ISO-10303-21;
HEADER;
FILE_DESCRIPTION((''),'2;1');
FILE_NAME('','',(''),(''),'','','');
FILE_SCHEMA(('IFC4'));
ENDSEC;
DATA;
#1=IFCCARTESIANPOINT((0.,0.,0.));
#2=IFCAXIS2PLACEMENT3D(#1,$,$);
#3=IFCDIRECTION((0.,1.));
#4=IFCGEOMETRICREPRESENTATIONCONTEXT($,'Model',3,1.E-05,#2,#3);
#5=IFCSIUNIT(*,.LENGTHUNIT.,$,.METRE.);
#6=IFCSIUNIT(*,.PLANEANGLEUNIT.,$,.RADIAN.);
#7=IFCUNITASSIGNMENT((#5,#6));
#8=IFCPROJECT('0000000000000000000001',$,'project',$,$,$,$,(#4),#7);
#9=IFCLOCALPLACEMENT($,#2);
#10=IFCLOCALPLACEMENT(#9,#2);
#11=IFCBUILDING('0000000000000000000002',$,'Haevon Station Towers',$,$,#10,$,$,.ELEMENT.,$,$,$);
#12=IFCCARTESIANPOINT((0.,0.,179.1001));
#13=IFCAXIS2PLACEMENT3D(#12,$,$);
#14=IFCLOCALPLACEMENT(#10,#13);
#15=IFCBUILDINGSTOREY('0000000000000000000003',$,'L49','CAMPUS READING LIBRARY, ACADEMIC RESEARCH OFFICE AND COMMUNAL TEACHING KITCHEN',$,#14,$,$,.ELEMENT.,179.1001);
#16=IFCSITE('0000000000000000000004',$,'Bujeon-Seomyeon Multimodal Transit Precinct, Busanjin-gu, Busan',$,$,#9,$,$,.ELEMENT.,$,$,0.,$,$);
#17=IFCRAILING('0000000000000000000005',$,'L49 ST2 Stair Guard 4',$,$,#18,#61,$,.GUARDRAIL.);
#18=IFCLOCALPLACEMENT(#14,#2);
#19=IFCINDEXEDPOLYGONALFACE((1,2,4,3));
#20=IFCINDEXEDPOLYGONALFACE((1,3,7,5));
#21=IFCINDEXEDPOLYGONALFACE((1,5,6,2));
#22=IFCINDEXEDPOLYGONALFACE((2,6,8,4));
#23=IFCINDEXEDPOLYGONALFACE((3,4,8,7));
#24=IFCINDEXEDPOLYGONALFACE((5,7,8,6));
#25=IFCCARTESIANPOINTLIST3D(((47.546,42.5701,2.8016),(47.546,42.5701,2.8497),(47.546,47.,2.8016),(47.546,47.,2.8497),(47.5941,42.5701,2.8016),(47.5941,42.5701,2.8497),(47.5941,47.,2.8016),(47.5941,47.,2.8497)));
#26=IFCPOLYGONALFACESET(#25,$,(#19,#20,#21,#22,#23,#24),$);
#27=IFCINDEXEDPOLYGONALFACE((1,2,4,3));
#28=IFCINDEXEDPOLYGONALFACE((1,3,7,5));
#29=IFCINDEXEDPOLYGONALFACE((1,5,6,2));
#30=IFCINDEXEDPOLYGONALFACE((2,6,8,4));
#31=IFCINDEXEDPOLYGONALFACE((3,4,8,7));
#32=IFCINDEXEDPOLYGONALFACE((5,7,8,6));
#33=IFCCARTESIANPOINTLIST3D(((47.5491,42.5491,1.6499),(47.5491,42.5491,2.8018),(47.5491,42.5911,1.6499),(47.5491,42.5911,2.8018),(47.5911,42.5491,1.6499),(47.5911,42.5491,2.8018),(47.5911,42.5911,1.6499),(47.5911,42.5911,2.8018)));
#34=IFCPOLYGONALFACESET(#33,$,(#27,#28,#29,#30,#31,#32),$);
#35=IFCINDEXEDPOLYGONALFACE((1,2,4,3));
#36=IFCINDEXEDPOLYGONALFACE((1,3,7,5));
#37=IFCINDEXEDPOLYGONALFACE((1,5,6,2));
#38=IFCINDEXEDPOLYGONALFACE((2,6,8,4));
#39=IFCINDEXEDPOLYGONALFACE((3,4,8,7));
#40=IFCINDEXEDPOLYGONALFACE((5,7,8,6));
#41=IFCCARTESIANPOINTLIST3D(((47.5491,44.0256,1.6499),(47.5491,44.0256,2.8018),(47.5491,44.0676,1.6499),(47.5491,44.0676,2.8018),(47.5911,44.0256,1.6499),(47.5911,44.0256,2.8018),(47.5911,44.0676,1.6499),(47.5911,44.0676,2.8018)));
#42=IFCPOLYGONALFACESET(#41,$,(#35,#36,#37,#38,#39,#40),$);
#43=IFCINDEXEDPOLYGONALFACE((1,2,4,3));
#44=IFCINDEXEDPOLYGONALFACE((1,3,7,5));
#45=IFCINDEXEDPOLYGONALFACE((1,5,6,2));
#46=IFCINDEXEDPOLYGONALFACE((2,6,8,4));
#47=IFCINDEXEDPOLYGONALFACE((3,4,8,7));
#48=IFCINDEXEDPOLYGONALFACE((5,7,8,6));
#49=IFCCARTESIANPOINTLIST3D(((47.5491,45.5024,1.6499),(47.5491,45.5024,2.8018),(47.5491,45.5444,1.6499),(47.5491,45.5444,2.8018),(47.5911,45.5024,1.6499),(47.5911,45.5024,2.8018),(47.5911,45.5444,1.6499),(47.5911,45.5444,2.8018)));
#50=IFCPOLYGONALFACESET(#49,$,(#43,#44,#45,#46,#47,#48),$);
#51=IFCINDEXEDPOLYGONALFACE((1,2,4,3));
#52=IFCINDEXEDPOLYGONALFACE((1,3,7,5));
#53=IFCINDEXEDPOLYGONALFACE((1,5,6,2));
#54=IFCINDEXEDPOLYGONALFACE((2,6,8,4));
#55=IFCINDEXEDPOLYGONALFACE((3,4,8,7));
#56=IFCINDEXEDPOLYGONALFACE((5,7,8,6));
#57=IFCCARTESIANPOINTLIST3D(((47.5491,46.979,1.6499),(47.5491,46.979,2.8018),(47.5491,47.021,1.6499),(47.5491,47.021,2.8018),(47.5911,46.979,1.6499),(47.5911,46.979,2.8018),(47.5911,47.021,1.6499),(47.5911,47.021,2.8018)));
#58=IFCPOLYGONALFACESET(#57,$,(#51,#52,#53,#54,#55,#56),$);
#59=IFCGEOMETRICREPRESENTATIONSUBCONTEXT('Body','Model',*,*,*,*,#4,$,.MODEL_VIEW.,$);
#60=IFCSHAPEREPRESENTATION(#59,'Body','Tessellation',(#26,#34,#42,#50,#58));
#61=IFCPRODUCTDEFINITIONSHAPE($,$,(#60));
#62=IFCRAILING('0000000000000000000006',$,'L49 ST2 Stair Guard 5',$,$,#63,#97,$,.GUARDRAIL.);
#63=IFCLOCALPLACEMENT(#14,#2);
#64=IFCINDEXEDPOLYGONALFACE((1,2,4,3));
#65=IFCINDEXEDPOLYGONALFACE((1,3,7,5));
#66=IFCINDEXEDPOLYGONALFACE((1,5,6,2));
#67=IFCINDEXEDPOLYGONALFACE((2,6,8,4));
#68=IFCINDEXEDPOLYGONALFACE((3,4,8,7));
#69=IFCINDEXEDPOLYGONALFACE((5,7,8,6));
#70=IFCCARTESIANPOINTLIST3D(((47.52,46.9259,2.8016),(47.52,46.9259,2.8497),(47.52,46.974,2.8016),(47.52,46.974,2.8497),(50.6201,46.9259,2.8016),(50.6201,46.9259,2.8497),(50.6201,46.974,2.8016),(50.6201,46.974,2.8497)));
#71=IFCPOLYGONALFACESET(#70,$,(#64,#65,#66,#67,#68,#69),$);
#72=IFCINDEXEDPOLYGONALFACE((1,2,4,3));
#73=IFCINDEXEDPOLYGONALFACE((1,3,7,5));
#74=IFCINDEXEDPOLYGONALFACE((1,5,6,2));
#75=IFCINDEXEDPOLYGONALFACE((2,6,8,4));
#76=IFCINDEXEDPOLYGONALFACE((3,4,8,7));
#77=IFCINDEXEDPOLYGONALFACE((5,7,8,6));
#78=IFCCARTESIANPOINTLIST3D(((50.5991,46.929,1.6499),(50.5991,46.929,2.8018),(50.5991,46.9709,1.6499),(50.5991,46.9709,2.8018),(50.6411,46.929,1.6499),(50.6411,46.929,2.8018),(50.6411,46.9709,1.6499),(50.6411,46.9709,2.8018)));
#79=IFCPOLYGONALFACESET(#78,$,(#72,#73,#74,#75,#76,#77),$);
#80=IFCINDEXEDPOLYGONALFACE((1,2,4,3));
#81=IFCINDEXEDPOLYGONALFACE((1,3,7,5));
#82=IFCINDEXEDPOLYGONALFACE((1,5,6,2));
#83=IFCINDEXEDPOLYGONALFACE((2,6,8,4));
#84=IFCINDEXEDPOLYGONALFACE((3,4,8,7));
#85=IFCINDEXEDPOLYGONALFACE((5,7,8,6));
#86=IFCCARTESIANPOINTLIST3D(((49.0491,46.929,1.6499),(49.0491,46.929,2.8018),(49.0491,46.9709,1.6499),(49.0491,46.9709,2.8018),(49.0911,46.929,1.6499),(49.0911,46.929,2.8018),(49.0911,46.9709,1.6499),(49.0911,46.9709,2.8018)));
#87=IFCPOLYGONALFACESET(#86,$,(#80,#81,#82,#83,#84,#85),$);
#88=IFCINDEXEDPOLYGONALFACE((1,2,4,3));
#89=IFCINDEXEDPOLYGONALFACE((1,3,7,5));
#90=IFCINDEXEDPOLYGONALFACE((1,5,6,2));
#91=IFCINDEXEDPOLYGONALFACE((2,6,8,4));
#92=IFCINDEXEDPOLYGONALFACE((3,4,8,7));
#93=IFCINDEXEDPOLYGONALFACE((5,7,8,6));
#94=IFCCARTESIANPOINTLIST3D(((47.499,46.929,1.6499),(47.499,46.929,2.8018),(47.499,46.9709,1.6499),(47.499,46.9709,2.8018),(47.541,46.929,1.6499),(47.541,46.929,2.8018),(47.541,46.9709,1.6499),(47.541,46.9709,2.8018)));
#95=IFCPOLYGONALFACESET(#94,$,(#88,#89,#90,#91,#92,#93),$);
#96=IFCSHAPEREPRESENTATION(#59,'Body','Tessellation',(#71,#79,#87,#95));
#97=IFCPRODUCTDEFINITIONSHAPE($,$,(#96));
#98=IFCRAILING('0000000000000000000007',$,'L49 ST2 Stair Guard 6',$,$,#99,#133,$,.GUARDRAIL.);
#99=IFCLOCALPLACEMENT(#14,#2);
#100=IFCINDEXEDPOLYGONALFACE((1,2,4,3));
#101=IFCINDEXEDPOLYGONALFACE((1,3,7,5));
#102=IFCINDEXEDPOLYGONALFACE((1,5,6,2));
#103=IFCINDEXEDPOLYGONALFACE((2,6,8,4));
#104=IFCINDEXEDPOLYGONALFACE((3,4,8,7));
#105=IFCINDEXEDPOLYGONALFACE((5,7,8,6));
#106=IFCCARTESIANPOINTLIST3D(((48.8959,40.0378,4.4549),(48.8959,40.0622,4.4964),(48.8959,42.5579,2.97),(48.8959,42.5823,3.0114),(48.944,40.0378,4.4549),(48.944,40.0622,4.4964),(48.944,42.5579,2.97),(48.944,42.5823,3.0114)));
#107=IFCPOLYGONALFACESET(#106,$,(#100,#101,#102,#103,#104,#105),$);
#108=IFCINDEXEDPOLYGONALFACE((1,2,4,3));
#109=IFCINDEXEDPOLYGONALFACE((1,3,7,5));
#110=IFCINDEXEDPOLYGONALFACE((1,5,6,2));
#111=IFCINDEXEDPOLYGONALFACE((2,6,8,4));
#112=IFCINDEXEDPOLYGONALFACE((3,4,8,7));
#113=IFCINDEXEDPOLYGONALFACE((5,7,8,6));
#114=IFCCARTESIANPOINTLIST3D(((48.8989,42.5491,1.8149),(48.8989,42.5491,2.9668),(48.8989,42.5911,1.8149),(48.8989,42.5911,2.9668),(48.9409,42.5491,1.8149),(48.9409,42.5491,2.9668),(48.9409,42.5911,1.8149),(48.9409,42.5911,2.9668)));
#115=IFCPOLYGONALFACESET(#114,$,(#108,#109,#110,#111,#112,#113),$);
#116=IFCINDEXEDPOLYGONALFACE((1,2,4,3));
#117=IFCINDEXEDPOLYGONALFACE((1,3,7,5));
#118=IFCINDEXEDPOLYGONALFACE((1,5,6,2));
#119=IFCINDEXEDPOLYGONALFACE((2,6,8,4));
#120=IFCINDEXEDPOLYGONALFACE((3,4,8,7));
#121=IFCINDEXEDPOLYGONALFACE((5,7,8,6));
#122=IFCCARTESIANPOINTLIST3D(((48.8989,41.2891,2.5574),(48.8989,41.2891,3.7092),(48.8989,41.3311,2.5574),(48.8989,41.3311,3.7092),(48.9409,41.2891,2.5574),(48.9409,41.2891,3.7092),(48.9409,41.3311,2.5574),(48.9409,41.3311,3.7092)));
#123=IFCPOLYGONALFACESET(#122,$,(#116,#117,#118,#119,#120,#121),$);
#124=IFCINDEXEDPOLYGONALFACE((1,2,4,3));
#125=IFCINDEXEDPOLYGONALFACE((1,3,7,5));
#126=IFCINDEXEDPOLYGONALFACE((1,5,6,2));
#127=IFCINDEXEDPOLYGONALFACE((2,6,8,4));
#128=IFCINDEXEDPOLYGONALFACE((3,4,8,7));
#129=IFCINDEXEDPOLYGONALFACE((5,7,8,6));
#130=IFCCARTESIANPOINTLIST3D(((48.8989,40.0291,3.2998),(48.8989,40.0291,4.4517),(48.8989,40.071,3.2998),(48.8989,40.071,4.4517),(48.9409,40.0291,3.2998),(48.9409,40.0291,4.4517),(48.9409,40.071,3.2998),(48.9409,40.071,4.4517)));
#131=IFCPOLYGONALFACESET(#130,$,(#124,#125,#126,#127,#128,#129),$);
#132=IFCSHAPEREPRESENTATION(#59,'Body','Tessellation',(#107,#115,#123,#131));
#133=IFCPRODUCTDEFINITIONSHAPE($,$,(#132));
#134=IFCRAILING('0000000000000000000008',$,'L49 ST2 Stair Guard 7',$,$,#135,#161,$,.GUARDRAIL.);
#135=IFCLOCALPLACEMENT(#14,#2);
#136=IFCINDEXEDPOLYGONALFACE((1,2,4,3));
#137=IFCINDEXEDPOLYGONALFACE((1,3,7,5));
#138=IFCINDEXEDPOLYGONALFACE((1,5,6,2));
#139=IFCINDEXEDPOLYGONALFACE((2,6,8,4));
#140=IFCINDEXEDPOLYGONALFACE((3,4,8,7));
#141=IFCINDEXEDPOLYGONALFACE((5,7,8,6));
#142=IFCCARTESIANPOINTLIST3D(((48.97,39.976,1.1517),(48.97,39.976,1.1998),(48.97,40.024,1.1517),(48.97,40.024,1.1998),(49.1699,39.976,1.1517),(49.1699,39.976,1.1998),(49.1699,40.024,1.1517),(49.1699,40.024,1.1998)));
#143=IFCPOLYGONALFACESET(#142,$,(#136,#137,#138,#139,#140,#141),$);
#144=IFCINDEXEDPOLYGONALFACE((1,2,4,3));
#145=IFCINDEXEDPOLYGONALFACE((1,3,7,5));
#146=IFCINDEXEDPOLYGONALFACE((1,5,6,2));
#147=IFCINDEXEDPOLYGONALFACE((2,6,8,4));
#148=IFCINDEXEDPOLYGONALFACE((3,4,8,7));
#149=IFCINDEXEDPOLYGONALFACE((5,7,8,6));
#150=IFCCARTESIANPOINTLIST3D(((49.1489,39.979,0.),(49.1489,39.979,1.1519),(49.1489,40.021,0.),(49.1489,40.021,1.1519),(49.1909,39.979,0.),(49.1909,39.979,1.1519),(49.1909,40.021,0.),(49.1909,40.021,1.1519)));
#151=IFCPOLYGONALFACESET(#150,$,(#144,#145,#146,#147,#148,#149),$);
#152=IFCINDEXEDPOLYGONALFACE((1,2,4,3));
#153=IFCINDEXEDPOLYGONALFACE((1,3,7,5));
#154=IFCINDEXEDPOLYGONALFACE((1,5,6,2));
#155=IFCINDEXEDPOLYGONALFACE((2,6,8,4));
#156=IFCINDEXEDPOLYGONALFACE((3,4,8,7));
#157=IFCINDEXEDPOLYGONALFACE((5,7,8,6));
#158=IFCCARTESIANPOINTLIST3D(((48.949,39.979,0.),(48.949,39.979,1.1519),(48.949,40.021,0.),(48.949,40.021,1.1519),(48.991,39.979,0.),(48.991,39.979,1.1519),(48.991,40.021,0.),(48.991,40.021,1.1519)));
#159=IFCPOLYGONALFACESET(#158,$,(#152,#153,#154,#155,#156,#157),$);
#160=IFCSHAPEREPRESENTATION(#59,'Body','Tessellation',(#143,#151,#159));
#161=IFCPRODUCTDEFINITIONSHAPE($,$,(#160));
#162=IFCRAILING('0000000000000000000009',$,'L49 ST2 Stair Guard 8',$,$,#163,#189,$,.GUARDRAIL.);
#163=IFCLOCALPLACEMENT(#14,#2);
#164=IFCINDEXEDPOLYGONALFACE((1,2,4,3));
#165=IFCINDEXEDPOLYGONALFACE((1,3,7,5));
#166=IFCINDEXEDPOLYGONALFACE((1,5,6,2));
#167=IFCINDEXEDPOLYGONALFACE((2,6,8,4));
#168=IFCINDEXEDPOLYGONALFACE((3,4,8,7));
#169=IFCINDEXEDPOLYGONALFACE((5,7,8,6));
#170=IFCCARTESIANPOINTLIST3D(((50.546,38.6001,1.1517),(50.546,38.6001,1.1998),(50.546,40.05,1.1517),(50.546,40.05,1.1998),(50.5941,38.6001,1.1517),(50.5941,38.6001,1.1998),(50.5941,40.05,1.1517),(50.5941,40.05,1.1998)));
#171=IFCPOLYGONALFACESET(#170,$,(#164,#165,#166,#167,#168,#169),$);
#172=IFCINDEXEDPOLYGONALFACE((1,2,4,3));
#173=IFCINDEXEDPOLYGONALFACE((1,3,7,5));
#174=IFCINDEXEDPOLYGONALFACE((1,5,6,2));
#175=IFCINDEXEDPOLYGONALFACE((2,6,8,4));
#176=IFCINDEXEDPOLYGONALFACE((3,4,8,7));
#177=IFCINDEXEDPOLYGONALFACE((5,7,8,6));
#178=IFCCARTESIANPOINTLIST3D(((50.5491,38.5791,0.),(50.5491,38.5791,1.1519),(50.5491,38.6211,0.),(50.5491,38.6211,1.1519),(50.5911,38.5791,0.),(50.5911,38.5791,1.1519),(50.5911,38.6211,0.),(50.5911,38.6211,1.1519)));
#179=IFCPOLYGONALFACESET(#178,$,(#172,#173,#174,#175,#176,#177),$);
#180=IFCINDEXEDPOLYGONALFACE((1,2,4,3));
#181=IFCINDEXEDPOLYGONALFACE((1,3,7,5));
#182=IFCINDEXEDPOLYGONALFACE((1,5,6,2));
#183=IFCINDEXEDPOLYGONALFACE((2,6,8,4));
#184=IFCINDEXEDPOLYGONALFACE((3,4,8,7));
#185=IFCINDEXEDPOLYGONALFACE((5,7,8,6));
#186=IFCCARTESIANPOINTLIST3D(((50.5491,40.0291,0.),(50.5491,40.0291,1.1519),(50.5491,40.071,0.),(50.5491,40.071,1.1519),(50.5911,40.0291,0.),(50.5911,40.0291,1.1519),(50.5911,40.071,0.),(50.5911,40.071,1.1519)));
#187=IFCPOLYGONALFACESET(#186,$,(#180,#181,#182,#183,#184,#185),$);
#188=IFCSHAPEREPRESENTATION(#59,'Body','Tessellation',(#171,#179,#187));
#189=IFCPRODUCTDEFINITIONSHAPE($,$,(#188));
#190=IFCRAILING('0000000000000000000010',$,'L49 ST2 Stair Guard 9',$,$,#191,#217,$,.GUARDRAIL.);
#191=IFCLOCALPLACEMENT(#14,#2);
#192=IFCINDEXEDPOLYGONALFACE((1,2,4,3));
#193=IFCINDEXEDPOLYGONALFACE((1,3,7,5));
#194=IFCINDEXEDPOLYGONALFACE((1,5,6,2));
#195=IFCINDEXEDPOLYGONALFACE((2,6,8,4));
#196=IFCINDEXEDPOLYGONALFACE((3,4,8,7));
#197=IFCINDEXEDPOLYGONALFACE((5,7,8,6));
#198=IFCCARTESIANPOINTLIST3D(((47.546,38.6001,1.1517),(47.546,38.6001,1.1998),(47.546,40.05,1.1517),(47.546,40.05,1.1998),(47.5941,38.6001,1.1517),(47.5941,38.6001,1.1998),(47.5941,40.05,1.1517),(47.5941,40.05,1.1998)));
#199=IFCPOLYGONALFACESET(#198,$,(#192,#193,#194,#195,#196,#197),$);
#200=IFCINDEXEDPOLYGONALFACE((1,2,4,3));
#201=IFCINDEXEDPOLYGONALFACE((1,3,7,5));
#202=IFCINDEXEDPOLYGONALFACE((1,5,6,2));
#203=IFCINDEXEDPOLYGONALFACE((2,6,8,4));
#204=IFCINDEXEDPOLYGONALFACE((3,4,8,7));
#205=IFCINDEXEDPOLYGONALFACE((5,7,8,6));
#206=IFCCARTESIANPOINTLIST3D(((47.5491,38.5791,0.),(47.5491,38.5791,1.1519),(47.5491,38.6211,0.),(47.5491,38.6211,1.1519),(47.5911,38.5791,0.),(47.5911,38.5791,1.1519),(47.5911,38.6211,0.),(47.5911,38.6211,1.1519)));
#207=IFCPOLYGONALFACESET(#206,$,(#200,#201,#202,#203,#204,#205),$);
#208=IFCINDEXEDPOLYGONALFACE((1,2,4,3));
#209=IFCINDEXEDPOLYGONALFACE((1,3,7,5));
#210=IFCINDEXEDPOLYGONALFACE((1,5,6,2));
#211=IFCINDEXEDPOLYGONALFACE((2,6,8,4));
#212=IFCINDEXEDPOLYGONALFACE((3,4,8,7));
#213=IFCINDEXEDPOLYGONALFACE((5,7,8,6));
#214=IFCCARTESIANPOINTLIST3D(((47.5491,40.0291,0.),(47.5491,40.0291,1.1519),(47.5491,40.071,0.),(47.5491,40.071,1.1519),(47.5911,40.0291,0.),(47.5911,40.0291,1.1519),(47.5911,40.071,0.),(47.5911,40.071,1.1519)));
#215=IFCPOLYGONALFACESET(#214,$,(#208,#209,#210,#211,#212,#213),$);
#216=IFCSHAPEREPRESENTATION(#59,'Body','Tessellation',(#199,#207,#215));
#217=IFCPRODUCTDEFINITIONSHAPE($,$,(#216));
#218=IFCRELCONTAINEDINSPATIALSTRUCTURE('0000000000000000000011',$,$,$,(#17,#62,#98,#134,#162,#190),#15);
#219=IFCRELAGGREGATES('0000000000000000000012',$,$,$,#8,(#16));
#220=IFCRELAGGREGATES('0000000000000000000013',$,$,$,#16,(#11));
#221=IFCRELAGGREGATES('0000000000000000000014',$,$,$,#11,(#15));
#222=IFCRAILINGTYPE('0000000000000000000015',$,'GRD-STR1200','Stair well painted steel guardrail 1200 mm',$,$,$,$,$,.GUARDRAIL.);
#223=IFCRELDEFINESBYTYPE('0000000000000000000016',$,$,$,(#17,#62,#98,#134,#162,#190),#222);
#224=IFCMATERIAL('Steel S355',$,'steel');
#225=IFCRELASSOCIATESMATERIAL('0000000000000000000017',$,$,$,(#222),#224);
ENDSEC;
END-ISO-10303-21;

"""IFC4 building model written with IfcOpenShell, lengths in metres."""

from ifc_helpers import new_model, si_unit, direction, frame, origin, origin_2d, place, context, subcontext, project, spatial, rectangle, extrude, material, type_object, element, save


model = new_model("IFC4")

# Units and contexts
model_context = context("Model", 3, precision=1e-05, world=origin(), true_north=direction((0.0, 1.0)))
body_context = subcontext(model_context, "Body", "Model", "MODEL_VIEW")
ifc_project = project(units=[si_unit("LENGTHUNIT", "METRE"), si_unit("PLANEANGLEUNIT", "RADIAN")], contexts=[model_context])

# Site, building, storey
site_placement = place(None, origin())
site = spatial("IfcSite", under=ifc_project, at=site_placement, Name="Bujeon-Seomyeon Multimodal Transit Precinct, Busanjin-gu, Busan", CompositionType="ELEMENT", RefElevation=0.0)
building_placement = place(site_placement, origin())
building = spatial("IfcBuilding", under=site, at=building_placement, Name="Haevon Station Towers", CompositionType="ELEMENT")
storey_placement = place(building_placement, frame((0.0, 0.0, 179.1001)))
storey = spatial("IfcBuildingStorey", under=building, at=storey_placement, Name="L49", Description="CAMPUS READING LIBRARY, ACADEMIC RESEARCH OFFICE AND COMMUNAL TEACHING KITCHEN", CompositionType="ELEMENT", Elevation=179.1001)

# Shared definitions
ifc_material_1 = material(Name="Steel S355", Category="steel")

# Railings
railing_type_1 = type_object("IfcRailingType", Name="GRD-STR1200", Description="Stair well painted steel guardrail 1200 mm", PredefinedType="GUARDRAIL", material=ifc_material_1)
for number, where, name in (
    (1, (47.5701, 42.5701, 1.6499), "L49 ST2 Stair Guard 4"),
):
    element("IfcRailing", number, at=place(storey_placement, frame(where)), inside=storey, type_object=railing_type_1, Name=name, PredefinedType="GUARDRAIL", context=body_context, shape_type="SweptSolid", body=[
        extrude(rectangle(XDim=0.0481, YDim=0.0481, at=origin_2d()), frame((0.0, 0.0, 1.1758), z_axis=(0.0, 1.0, 0.0), x_axis=(-1.0, 0.0, 0.0)), (0.0, 0.0, 1.0), 4.4299),
        extrude(rectangle(XDim=0.042, YDim=0.042, at=origin_2d()), origin(), (0.0, 0.0, 1.0), 1.1519),
        extrude(rectangle(XDim=0.042, YDim=0.042, at=origin_2d()), frame((0.0, 1.4766, 0.0)), (0.0, 0.0, 1.0), 1.1519),
        extrude(rectangle(XDim=0.042, YDim=0.042, at=origin_2d()), frame((0.0, 2.9534, 0.0)), (0.0, 0.0, 1.0), 1.1519),
        extrude(rectangle(XDim=0.042, YDim=0.042, at=origin_2d()), frame((0.0, 4.4299, 0.0)), (0.0, 0.0, 1.0), 1.1519),
    ])
railing_1_placement = place(storey_placement, frame((50.6201, 46.95, 1.6499)))
element("IfcRailing", 2, at=railing_1_placement, inside=storey, type_object=railing_type_1, Name="L49 ST2 Stair Guard 5", PredefinedType="GUARDRAIL", context=body_context, shape_type="SweptSolid", body=[
    extrude(rectangle(XDim=0.0481, YDim=0.0481, at=origin_2d()), frame((0.0, 0.0, 1.1758), z_axis=(-1.0, 0.0, 0.0), x_axis=(0.0, -1.0, 0.0)), (0.0, 0.0, 1.0), 3.1001),
    extrude(rectangle(XDim=0.042, YDim=0.042, at=origin_2d()), origin(), (0.0, 0.0, 1.0), 1.1519),
    extrude(rectangle(XDim=0.042, YDim=0.042, at=origin_2d()), frame((-1.55, 0.0, 0.0)), (0.0, 0.0, 1.0), 1.1519),
    extrude(rectangle(XDim=0.042, YDim=0.042, at=origin_2d()), frame((-3.1001, 0.0, 0.0)), (0.0, 0.0, 1.0), 1.1519),
])
railing_2_placement = place(storey_placement, frame((48.9199, 42.5701, 1.8149)))
element("IfcRailing", 3, at=railing_2_placement, inside=storey, type_object=railing_type_1, Name="L49 ST2 Stair Guard 6", PredefinedType="GUARDRAIL", context=body_context, shape_type="SweptSolid", body=[
    extrude(rectangle(XDim=0.0481, YDim=0.0481, at=origin_2d()), frame((0.0, 0.0, 1.1758), z_axis=(0.0, -0.861561, 0.507655), x_axis=(1.0, 0.0, 0.0)), (0.0, 0.0, 1.0), 2.925),
    extrude(rectangle(XDim=0.042, YDim=0.042, at=origin_2d()), origin(), (0.0, 0.0, 1.0), 1.1519),
    extrude(rectangle(XDim=0.042, YDim=0.042, at=origin_2d()), frame((0.0, -1.26, 0.7424)), (0.0, 0.0, 1.0), 1.1519),
    extrude(rectangle(XDim=0.042, YDim=0.042, at=origin_2d()), frame((0.0, -2.52, 1.4849)), (0.0, 0.0, 1.0), 1.1519),
])
railing_3_placement = place(storey_placement, frame((49.1699, 40.0, 0.0)))
element("IfcRailing", 4, at=railing_3_placement, inside=storey, type_object=railing_type_1, Name="L49 ST2 Stair Guard 7", PredefinedType="GUARDRAIL", context=body_context, shape_type="SweptSolid", body=[
    extrude(rectangle(XDim=0.0481, YDim=0.0481, at=origin_2d()), frame((0.0, 0.0, 1.1758), z_axis=(-1.0, 0.0, 0.0), x_axis=(0.0, -1.0, 0.0)), (0.0, 0.0, 1.0), 0.2),
    extrude(rectangle(XDim=0.042, YDim=0.042, at=origin_2d()), origin(), (0.0, 0.0, 1.0), 1.1519),
    extrude(rectangle(XDim=0.042, YDim=0.042, at=origin_2d()), frame((-0.2, 0.0, 0.0)), (0.0, 0.0, 1.0), 1.1519),
])
for number, where, name in (
    (5, (50.5701, 38.6001, 0.0), "L49 ST2 Stair Guard 8"),
    (6, (47.5701, 38.6001, 0.0), "L49 ST2 Stair Guard 9"),
):
    element("IfcRailing", number, at=place(storey_placement, frame(where)), inside=storey, type_object=railing_type_1, Name=name, PredefinedType="GUARDRAIL", context=body_context, shape_type="SweptSolid", body=[
        extrude(rectangle(XDim=0.0481, YDim=0.0481, at=origin_2d()), frame((0.0, 0.0, 1.1758), z_axis=(0.0, 1.0, 0.0), x_axis=(-1.0, 0.0, 0.0)), (0.0, 0.0, 1.0), 1.45),
        extrude(rectangle(XDim=0.042, YDim=0.042, at=origin_2d()), origin(), (0.0, 0.0, 1.0), 1.1519),
        extrude(rectangle(XDim=0.042, YDim=0.042, at=origin_2d()), frame((0.0, 1.45, 0.0)), (0.0, 0.0, 1.0), 1.1519),
    ])

save(model, "model.ifc")
